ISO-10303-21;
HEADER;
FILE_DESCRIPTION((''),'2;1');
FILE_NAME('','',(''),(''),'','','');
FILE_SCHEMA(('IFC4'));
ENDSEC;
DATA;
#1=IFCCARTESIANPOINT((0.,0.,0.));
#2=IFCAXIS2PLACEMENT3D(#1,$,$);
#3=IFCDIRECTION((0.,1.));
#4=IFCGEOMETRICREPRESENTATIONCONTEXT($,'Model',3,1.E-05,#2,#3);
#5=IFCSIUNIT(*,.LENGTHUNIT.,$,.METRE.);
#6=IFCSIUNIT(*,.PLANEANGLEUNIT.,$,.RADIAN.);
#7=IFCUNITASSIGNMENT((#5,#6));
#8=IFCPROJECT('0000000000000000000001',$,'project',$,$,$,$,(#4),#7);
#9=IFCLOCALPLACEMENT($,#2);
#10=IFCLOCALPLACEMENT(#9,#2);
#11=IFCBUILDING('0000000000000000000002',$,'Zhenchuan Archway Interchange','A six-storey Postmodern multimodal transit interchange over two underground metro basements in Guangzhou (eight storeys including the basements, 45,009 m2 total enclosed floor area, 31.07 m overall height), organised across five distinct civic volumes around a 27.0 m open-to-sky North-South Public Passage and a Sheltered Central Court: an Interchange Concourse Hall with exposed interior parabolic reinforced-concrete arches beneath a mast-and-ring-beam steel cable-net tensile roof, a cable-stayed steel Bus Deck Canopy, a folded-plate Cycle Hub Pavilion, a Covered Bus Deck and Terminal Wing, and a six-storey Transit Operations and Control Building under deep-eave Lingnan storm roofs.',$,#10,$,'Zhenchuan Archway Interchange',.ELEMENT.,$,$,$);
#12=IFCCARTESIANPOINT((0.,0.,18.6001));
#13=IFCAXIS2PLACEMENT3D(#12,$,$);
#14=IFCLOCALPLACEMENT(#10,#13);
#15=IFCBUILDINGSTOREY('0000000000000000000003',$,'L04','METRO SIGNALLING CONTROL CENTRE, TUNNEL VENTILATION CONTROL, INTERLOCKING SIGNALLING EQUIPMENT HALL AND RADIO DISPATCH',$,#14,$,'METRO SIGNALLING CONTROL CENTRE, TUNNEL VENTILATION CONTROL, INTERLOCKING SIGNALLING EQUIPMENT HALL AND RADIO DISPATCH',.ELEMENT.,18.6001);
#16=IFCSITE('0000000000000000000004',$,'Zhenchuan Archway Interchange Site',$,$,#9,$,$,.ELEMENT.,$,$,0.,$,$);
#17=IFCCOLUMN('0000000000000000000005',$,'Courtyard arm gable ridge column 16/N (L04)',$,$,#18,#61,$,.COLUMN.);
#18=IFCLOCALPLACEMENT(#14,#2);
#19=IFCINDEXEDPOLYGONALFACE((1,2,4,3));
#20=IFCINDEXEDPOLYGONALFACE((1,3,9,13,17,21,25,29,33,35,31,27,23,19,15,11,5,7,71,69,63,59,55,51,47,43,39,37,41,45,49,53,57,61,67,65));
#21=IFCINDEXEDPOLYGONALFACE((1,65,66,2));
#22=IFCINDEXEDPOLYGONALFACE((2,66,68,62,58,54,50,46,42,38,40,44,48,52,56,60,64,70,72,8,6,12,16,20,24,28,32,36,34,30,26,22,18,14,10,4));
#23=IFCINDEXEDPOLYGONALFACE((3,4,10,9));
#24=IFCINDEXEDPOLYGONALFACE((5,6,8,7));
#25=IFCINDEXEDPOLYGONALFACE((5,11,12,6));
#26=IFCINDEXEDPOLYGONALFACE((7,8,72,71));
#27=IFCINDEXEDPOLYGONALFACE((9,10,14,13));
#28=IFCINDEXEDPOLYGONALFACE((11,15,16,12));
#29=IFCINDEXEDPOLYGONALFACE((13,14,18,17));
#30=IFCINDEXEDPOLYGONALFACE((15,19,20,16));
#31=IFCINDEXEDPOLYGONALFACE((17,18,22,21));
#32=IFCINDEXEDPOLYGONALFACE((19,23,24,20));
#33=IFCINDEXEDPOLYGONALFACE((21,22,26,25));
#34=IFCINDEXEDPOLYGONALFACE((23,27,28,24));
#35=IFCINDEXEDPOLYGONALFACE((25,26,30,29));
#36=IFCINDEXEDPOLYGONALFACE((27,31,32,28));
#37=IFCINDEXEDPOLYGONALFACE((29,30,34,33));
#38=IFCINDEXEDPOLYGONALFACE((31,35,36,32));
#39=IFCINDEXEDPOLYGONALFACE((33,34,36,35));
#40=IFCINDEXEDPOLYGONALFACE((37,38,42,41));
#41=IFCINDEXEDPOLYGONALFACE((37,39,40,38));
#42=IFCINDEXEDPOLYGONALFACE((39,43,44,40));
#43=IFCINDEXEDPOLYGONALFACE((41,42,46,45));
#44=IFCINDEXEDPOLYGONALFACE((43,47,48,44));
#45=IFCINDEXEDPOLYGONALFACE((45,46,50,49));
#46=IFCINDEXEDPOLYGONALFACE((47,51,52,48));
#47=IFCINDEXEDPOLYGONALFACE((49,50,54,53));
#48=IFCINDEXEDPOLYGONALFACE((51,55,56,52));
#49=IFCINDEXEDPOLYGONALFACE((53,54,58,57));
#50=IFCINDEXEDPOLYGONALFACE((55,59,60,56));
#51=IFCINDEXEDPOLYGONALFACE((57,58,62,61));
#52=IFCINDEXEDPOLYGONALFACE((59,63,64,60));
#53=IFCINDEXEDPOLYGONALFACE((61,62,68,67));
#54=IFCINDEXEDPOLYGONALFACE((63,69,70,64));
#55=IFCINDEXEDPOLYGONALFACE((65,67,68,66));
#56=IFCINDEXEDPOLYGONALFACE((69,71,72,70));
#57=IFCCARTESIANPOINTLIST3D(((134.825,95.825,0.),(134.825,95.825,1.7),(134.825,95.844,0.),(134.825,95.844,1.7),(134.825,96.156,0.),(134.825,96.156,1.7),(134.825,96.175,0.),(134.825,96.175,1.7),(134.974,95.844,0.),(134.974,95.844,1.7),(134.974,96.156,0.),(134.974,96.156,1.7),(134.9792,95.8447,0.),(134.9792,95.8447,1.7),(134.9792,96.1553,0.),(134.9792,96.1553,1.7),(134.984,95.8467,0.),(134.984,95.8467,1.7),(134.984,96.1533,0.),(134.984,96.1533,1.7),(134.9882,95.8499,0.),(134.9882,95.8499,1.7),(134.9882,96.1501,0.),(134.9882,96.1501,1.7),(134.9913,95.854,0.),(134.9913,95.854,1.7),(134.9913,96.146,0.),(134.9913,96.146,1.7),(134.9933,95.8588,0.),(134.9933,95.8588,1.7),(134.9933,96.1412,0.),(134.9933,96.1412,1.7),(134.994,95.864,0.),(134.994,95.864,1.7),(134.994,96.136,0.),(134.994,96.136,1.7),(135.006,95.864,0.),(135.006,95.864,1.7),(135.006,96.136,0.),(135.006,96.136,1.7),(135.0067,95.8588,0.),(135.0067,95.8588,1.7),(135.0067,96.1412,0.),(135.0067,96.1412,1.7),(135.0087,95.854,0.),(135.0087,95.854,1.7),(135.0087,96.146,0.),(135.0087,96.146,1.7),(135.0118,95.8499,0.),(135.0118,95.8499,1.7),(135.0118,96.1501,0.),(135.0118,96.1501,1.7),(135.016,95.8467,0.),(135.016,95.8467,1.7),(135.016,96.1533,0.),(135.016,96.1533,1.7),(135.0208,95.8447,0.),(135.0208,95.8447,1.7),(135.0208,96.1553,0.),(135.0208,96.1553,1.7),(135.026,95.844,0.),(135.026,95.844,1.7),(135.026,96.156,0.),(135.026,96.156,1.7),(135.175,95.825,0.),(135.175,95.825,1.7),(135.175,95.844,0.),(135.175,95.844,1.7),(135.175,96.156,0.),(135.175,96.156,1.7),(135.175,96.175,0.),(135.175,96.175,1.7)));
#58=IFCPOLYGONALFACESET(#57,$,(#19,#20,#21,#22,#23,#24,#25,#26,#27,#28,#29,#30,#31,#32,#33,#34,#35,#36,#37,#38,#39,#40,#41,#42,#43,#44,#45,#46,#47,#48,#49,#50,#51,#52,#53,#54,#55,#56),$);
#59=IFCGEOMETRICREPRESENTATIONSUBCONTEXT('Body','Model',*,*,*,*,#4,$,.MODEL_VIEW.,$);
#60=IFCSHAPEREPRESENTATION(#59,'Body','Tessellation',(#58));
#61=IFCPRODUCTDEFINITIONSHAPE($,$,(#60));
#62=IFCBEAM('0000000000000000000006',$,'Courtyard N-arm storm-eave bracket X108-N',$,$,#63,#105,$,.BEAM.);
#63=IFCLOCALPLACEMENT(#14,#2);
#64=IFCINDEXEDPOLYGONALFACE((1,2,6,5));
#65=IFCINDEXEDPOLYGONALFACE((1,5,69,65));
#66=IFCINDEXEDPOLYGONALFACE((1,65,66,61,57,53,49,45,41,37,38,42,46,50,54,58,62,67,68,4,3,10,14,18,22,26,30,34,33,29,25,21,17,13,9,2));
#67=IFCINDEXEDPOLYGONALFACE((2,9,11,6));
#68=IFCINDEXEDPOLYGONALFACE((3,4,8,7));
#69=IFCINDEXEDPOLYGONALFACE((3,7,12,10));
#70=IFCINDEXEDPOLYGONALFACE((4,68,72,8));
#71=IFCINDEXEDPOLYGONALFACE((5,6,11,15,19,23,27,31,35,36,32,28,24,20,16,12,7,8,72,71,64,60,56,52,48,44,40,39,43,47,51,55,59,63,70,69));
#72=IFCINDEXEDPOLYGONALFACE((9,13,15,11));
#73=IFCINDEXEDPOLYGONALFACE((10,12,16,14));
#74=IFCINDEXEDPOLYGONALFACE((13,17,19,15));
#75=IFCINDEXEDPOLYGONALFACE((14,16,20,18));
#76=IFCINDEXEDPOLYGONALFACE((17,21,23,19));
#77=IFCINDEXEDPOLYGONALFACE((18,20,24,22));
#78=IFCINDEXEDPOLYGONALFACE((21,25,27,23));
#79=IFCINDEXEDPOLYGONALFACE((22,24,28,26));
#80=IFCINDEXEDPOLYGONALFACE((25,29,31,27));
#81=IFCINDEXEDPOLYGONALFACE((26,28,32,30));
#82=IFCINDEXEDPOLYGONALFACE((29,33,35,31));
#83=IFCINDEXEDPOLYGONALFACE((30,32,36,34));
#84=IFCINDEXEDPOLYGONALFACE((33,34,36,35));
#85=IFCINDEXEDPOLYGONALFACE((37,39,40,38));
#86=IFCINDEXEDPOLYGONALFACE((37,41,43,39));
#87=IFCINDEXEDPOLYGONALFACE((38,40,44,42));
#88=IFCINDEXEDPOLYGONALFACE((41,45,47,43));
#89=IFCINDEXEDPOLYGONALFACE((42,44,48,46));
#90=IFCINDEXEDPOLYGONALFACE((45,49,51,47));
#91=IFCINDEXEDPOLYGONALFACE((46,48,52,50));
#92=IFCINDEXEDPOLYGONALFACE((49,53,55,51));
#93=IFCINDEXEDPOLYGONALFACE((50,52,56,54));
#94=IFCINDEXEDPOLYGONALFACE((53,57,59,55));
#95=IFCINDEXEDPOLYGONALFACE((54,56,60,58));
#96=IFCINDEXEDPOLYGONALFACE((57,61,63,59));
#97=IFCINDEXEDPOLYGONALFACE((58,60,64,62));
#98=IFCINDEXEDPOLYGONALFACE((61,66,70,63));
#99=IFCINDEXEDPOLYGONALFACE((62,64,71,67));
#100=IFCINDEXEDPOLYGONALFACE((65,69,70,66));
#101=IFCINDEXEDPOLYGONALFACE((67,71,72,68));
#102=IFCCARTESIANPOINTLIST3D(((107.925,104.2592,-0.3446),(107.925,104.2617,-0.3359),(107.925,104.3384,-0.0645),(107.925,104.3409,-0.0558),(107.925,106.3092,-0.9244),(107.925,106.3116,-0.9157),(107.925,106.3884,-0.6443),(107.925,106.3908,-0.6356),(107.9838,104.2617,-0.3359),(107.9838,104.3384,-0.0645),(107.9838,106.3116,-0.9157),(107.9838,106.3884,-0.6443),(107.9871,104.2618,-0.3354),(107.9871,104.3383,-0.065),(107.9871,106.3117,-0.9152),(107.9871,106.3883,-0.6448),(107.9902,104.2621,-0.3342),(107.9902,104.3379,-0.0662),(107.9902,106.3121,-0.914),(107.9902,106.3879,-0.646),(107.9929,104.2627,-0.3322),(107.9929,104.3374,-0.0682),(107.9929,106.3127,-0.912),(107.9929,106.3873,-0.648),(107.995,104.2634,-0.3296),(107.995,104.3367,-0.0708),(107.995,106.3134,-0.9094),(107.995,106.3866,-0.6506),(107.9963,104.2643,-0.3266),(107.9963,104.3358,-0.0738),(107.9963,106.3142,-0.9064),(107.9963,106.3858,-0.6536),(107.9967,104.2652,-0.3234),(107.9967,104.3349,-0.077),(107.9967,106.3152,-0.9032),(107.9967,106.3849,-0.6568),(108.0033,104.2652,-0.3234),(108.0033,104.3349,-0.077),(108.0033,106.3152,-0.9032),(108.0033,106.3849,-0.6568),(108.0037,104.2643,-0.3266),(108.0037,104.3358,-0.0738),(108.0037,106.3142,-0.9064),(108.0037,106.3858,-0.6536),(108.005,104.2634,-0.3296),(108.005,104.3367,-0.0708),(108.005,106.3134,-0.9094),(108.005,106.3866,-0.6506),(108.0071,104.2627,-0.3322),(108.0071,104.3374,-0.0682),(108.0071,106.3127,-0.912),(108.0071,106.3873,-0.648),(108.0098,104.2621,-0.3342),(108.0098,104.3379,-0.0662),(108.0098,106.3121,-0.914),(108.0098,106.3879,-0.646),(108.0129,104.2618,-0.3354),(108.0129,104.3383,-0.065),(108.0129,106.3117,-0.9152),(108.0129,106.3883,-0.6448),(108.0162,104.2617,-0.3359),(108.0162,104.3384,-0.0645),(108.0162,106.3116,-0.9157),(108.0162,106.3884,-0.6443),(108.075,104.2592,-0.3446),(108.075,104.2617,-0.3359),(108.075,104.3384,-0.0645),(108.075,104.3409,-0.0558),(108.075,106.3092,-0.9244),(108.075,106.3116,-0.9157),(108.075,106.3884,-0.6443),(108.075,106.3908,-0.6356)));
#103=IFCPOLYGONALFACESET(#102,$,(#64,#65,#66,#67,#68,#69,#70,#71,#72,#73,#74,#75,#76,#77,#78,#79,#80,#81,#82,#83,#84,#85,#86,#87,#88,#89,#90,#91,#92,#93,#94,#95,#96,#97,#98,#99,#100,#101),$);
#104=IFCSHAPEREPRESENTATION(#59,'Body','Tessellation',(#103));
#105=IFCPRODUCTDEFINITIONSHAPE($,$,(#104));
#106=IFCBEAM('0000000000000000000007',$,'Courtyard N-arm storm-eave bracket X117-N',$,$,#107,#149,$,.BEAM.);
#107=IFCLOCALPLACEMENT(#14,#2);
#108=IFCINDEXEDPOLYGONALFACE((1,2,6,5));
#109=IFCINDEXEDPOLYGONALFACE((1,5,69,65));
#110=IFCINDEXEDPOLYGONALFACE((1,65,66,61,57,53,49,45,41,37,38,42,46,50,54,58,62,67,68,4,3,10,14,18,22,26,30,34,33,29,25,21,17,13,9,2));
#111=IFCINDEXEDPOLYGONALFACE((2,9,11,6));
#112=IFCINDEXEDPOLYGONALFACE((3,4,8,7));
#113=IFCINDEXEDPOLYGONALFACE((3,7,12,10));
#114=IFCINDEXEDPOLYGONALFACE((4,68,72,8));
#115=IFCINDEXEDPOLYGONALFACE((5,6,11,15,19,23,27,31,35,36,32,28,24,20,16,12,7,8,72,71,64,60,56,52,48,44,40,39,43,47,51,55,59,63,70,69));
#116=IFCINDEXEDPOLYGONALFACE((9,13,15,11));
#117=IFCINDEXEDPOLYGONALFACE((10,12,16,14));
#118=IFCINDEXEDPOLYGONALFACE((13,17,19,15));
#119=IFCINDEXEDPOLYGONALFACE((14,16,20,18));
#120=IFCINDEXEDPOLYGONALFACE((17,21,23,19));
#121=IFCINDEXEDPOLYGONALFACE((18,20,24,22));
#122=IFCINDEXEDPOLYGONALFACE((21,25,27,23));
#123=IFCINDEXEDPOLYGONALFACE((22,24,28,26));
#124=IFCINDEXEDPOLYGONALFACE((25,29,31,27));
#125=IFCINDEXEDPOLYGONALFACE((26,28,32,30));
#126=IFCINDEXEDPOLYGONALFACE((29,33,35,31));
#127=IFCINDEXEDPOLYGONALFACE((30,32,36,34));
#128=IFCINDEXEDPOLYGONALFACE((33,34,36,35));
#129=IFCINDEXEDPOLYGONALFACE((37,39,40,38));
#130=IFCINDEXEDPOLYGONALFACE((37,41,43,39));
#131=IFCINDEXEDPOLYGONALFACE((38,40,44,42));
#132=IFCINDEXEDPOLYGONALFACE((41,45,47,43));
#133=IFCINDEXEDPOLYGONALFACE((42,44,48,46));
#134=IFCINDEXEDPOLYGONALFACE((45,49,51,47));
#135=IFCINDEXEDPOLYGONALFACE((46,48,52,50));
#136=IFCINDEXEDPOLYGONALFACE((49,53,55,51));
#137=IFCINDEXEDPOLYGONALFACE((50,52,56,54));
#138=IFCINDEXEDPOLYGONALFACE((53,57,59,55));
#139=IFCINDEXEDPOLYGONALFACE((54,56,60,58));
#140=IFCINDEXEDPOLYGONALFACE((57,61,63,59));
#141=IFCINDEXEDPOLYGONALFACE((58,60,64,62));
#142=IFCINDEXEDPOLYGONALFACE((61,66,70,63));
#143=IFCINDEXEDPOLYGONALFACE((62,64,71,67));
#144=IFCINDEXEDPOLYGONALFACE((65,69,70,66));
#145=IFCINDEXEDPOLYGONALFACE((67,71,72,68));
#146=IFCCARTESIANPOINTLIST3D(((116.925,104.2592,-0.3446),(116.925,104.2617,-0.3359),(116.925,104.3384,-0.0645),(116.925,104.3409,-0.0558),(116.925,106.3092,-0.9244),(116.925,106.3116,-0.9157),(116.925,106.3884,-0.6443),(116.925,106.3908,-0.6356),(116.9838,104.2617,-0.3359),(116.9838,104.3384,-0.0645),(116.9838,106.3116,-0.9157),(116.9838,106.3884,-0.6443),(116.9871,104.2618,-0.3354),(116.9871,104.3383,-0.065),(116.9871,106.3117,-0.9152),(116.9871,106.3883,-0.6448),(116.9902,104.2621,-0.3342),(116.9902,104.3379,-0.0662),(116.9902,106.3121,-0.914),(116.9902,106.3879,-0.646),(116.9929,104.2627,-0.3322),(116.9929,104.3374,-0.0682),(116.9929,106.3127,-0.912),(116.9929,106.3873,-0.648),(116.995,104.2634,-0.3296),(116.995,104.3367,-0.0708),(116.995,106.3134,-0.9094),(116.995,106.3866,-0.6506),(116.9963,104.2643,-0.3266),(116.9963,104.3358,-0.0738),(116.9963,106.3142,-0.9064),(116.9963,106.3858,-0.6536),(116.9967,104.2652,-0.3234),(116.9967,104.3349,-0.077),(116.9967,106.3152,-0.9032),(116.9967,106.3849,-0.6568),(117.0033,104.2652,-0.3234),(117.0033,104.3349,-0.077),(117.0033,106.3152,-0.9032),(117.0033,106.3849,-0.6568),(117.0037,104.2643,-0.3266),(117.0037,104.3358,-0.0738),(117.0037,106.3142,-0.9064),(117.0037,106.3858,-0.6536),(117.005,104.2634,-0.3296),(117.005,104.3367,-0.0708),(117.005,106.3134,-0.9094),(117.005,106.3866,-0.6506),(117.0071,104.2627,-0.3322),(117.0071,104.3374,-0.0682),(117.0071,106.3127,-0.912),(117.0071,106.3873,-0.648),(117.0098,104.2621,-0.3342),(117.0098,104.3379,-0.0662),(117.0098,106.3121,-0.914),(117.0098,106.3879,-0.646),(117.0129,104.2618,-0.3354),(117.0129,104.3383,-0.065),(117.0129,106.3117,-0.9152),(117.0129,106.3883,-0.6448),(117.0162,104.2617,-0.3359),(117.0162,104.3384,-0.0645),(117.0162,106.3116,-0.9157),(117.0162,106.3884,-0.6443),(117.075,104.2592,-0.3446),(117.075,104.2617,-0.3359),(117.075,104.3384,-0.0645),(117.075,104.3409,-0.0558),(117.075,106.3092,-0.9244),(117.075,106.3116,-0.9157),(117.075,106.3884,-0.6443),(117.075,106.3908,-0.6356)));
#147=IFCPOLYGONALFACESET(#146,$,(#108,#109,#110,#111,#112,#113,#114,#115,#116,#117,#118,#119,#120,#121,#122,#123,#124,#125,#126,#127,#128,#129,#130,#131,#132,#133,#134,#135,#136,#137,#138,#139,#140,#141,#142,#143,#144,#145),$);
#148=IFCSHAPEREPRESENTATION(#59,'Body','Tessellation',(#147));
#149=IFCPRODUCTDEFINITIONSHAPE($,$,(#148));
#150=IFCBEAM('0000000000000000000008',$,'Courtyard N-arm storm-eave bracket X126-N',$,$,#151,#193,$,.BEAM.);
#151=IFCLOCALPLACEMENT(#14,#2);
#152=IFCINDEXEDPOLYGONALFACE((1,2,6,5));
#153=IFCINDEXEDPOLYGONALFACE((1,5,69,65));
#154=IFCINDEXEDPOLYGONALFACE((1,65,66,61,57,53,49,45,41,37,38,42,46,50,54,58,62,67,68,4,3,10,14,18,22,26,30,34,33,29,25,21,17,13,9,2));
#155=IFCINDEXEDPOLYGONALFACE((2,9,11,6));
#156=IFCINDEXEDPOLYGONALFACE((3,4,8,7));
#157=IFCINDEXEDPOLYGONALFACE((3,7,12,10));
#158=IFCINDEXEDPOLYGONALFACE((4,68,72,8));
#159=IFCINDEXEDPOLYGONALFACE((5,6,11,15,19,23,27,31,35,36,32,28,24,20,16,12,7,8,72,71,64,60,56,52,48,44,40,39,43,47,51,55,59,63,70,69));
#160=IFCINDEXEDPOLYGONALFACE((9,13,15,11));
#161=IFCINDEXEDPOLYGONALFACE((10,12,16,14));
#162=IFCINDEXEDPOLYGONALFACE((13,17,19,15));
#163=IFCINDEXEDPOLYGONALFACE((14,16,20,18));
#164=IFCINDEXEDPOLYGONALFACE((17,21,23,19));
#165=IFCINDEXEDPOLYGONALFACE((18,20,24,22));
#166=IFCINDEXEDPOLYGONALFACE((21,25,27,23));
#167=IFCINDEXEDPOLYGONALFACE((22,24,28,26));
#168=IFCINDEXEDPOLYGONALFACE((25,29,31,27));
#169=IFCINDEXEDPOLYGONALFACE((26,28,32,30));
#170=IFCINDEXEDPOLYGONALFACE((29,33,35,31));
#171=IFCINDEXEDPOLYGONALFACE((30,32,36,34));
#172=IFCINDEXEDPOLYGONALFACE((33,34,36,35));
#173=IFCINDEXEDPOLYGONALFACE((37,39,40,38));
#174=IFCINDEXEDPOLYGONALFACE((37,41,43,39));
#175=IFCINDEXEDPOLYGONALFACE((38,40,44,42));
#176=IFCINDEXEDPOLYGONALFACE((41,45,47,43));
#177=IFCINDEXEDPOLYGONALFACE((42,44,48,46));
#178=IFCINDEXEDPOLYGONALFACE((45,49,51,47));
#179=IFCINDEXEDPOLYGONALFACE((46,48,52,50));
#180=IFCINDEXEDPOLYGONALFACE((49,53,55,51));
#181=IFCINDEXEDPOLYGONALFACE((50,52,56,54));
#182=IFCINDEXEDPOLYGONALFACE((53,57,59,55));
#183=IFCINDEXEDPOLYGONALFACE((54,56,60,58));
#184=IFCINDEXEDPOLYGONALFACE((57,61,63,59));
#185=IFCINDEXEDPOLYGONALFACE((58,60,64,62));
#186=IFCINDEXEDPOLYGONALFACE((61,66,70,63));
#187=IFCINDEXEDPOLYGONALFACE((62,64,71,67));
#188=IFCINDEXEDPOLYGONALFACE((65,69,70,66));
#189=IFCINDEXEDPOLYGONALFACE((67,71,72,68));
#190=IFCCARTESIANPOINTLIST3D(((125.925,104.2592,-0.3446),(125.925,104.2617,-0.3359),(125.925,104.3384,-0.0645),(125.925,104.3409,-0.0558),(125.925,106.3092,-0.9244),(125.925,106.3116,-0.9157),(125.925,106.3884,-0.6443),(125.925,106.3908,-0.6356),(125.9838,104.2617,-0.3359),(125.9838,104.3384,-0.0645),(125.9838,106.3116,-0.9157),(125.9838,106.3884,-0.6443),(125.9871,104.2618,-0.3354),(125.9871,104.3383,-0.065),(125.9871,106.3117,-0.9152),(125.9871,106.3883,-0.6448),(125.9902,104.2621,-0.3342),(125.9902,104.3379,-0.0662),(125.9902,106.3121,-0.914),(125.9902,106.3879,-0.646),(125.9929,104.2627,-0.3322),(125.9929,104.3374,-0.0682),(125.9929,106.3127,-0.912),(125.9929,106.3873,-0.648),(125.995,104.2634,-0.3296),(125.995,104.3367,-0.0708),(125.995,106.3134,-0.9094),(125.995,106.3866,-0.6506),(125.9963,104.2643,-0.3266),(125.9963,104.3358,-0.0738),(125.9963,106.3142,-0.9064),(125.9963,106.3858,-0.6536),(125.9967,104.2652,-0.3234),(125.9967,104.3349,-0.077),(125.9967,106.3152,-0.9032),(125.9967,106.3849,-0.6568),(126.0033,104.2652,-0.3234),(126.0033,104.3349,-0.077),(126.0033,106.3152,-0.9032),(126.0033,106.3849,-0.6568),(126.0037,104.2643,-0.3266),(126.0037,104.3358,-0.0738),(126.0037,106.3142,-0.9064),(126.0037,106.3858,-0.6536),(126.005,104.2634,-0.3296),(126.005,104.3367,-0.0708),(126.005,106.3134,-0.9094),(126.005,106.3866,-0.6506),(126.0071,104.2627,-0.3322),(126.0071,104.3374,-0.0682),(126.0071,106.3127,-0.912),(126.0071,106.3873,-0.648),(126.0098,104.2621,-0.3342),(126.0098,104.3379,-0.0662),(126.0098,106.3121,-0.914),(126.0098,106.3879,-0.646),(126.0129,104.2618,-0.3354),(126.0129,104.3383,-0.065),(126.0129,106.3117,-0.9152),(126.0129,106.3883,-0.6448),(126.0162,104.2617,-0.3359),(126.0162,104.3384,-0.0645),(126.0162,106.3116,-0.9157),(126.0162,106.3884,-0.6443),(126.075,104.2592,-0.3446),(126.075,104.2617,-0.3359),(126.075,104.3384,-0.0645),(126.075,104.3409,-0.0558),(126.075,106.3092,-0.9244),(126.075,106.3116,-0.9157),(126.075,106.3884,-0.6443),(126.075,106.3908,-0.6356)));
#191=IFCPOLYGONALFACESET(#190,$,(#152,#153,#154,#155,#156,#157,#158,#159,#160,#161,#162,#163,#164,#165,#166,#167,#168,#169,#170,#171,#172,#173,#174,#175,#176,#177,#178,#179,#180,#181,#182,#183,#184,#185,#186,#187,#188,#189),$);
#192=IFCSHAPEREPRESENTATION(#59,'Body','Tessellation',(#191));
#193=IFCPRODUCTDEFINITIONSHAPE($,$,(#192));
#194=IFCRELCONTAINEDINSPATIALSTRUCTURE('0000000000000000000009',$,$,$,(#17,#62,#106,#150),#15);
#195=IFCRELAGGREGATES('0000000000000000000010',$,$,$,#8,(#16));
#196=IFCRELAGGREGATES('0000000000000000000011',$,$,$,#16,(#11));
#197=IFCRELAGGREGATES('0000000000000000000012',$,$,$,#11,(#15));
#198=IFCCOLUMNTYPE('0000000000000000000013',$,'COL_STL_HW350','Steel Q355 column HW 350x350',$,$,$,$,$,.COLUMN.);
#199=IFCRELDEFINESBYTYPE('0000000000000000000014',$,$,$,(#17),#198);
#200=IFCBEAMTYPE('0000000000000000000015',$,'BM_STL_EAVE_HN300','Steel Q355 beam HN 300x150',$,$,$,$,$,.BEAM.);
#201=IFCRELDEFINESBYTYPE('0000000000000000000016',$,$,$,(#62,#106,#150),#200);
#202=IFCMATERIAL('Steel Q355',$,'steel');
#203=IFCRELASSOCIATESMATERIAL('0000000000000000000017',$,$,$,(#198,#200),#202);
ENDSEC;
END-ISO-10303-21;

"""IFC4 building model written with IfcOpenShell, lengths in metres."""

from ifc_helpers import new_model, si_unit, direction, frame, origin, origin_2d, place, context, subcontext, project, spatial, i_section, extrude, material, material_profile, profile_set, type_object, element, save


model = new_model("IFC4")

# Units and contexts
model_context = context("Model", 3, precision=1e-05, world=origin(), true_north=direction((0.0, 1.0)))
body_context = subcontext(model_context, "Body", "Model", "MODEL_VIEW")
ifc_project = project(units=[si_unit("LENGTHUNIT", "METRE"), si_unit("PLANEANGLEUNIT", "RADIAN")], contexts=[model_context])

# Site, building, storey
site_placement = place(None, origin())
site = spatial("IfcSite", under=ifc_project, at=site_placement, Name="Zhenchuan Archway Interchange Site", CompositionType="ELEMENT", RefElevation=0.0)
building_placement = place(site_placement, origin())
building = spatial("IfcBuilding", under=site, at=building_placement, Name="Zhenchuan Archway Interchange", Description="A six-storey Postmodern multimodal transit interchange over two underground metro basements in Guangzhou (eight storeys including the basements, 45,009 m2 total enclosed floor area, 31.07 m overall height), organised across five distinct civic volumes around a 27.0 m open-to-sky North-South Public Passage and a Sheltered Central Court: an Interchange Concourse Hall with exposed interior parabolic reinforced-concrete arches beneath a mast-and-ring-beam steel cable-net tensile roof, a cable-stayed steel Bus Deck Canopy, a folded-plate Cycle Hub Pavilion, a Covered Bus Deck and Terminal Wing, and a six-storey Transit Operations and Control Building under deep-eave Lingnan storm roofs.", LongName="Zhenchuan Archway Interchange", CompositionType="ELEMENT")
storey_placement = place(building_placement, frame((0.0, 0.0, 18.6001)))
storey = spatial("IfcBuildingStorey", under=building, at=storey_placement, Name="L04", Description="METRO SIGNALLING CONTROL CENTRE, TUNNEL VENTILATION CONTROL, INTERLOCKING SIGNALLING EQUIPMENT HALL AND RADIO DISPATCH", LongName="METRO SIGNALLING CONTROL CENTRE, TUNNEL VENTILATION CONTROL, INTERLOCKING SIGNALLING EQUIPMENT HALL AND RADIO DISPATCH", CompositionType="ELEMENT", Elevation=18.6001)

# Column
ifc_material_1 = material(Name="Steel Q355", Category="steel")
ifc_material_profile_1 = material_profile(ifc_material_1, i_section(OverallWidth=0.3501, OverallDepth=0.3501, WebThickness=0.012, FlangeThickness=0.019, FilletRadius=0.02, at=origin_2d()), Name="HW 350x350")
ifc_profile_set_1 = profile_set([ifc_material_profile_1], Name="Steel Q355")
column_type_1 = type_object("IfcColumnType", Name="COL_STL_HW350", Description="Steel Q355 column HW 350x350", PredefinedType="COLUMN", material=ifc_profile_set_1)
for number, where, z_axis, x_axis, name in (
    (1, (135.0, 96.0, 0.0), (0.0, 0.0, 1.0), (1.0, 0.0, 0.0), "Courtyard arm gable ridge column 16/N (L04)"),
):
    element("IfcColumn", number, at=place(storey_placement, frame(where, z_axis=z_axis, x_axis=x_axis)), inside=storey, type_object=column_type_1, Name=name, PredefinedType="COLUMN", context=body_context, shape_type="SweptSolid", body=[
        extrude(i_section(OverallWidth=0.3501, OverallDepth=0.3501, WebThickness=0.012, FlangeThickness=0.019, FilletRadius=0.02, at=origin_2d()), origin(), (0.0, 0.0, 1.0), 1.7),
    ])

# Beams
ifc_material_profile_2 = material_profile(ifc_material_1, i_section(OverallWidth=0.1499, OverallDepth=0.3, WebThickness=0.0066, FlangeThickness=0.009, FilletRadius=0.0129, at=origin_2d()), Name="HN 300x150")
ifc_profile_set_2 = profile_set([ifc_material_profile_2], Name="Steel Q355")
beam_type_1 = type_object("IfcBeamType", Name="BM_STL_EAVE_HN300", Description="Steel Q355 beam HN 300x150", PredefinedType="BEAM", material=ifc_profile_set_2)
for number, where, z_axis, x_axis, name in (
    (2, (108.0, 104.3, -0.2002), (0.0, 0.962251, -0.272162), (-1.0, 0.0, 0.0), "Courtyard N-arm storm-eave bracket X108-N"),
    (3, (117.0, 104.3, -0.2002), (0.0, 0.962251, -0.272162), (-1.0, 0.0, 0.0), "Courtyard N-arm storm-eave bracket X117-N"),
    (4, (126.0, 104.3, -0.2002), (0.0, 0.962251, -0.272162), (-1.0, 0.0, 0.0), "Courtyard N-arm storm-eave bracket X126-N"),
):
    element("IfcBeam", number, at=place(storey_placement, frame(where, z_axis=z_axis, x_axis=x_axis)), inside=storey, type_object=beam_type_1, Name=name, PredefinedType="BEAM", context=body_context, shape_type="SweptSolid", body=[
        extrude(i_section(OverallWidth=0.1499, OverallDepth=0.3, WebThickness=0.0066, FlangeThickness=0.009, FilletRadius=0.0129, at=origin_2d()), origin(), (0.0, 0.0, 1.0), 2.1304),
    ])

save(model, "model.ifc")
